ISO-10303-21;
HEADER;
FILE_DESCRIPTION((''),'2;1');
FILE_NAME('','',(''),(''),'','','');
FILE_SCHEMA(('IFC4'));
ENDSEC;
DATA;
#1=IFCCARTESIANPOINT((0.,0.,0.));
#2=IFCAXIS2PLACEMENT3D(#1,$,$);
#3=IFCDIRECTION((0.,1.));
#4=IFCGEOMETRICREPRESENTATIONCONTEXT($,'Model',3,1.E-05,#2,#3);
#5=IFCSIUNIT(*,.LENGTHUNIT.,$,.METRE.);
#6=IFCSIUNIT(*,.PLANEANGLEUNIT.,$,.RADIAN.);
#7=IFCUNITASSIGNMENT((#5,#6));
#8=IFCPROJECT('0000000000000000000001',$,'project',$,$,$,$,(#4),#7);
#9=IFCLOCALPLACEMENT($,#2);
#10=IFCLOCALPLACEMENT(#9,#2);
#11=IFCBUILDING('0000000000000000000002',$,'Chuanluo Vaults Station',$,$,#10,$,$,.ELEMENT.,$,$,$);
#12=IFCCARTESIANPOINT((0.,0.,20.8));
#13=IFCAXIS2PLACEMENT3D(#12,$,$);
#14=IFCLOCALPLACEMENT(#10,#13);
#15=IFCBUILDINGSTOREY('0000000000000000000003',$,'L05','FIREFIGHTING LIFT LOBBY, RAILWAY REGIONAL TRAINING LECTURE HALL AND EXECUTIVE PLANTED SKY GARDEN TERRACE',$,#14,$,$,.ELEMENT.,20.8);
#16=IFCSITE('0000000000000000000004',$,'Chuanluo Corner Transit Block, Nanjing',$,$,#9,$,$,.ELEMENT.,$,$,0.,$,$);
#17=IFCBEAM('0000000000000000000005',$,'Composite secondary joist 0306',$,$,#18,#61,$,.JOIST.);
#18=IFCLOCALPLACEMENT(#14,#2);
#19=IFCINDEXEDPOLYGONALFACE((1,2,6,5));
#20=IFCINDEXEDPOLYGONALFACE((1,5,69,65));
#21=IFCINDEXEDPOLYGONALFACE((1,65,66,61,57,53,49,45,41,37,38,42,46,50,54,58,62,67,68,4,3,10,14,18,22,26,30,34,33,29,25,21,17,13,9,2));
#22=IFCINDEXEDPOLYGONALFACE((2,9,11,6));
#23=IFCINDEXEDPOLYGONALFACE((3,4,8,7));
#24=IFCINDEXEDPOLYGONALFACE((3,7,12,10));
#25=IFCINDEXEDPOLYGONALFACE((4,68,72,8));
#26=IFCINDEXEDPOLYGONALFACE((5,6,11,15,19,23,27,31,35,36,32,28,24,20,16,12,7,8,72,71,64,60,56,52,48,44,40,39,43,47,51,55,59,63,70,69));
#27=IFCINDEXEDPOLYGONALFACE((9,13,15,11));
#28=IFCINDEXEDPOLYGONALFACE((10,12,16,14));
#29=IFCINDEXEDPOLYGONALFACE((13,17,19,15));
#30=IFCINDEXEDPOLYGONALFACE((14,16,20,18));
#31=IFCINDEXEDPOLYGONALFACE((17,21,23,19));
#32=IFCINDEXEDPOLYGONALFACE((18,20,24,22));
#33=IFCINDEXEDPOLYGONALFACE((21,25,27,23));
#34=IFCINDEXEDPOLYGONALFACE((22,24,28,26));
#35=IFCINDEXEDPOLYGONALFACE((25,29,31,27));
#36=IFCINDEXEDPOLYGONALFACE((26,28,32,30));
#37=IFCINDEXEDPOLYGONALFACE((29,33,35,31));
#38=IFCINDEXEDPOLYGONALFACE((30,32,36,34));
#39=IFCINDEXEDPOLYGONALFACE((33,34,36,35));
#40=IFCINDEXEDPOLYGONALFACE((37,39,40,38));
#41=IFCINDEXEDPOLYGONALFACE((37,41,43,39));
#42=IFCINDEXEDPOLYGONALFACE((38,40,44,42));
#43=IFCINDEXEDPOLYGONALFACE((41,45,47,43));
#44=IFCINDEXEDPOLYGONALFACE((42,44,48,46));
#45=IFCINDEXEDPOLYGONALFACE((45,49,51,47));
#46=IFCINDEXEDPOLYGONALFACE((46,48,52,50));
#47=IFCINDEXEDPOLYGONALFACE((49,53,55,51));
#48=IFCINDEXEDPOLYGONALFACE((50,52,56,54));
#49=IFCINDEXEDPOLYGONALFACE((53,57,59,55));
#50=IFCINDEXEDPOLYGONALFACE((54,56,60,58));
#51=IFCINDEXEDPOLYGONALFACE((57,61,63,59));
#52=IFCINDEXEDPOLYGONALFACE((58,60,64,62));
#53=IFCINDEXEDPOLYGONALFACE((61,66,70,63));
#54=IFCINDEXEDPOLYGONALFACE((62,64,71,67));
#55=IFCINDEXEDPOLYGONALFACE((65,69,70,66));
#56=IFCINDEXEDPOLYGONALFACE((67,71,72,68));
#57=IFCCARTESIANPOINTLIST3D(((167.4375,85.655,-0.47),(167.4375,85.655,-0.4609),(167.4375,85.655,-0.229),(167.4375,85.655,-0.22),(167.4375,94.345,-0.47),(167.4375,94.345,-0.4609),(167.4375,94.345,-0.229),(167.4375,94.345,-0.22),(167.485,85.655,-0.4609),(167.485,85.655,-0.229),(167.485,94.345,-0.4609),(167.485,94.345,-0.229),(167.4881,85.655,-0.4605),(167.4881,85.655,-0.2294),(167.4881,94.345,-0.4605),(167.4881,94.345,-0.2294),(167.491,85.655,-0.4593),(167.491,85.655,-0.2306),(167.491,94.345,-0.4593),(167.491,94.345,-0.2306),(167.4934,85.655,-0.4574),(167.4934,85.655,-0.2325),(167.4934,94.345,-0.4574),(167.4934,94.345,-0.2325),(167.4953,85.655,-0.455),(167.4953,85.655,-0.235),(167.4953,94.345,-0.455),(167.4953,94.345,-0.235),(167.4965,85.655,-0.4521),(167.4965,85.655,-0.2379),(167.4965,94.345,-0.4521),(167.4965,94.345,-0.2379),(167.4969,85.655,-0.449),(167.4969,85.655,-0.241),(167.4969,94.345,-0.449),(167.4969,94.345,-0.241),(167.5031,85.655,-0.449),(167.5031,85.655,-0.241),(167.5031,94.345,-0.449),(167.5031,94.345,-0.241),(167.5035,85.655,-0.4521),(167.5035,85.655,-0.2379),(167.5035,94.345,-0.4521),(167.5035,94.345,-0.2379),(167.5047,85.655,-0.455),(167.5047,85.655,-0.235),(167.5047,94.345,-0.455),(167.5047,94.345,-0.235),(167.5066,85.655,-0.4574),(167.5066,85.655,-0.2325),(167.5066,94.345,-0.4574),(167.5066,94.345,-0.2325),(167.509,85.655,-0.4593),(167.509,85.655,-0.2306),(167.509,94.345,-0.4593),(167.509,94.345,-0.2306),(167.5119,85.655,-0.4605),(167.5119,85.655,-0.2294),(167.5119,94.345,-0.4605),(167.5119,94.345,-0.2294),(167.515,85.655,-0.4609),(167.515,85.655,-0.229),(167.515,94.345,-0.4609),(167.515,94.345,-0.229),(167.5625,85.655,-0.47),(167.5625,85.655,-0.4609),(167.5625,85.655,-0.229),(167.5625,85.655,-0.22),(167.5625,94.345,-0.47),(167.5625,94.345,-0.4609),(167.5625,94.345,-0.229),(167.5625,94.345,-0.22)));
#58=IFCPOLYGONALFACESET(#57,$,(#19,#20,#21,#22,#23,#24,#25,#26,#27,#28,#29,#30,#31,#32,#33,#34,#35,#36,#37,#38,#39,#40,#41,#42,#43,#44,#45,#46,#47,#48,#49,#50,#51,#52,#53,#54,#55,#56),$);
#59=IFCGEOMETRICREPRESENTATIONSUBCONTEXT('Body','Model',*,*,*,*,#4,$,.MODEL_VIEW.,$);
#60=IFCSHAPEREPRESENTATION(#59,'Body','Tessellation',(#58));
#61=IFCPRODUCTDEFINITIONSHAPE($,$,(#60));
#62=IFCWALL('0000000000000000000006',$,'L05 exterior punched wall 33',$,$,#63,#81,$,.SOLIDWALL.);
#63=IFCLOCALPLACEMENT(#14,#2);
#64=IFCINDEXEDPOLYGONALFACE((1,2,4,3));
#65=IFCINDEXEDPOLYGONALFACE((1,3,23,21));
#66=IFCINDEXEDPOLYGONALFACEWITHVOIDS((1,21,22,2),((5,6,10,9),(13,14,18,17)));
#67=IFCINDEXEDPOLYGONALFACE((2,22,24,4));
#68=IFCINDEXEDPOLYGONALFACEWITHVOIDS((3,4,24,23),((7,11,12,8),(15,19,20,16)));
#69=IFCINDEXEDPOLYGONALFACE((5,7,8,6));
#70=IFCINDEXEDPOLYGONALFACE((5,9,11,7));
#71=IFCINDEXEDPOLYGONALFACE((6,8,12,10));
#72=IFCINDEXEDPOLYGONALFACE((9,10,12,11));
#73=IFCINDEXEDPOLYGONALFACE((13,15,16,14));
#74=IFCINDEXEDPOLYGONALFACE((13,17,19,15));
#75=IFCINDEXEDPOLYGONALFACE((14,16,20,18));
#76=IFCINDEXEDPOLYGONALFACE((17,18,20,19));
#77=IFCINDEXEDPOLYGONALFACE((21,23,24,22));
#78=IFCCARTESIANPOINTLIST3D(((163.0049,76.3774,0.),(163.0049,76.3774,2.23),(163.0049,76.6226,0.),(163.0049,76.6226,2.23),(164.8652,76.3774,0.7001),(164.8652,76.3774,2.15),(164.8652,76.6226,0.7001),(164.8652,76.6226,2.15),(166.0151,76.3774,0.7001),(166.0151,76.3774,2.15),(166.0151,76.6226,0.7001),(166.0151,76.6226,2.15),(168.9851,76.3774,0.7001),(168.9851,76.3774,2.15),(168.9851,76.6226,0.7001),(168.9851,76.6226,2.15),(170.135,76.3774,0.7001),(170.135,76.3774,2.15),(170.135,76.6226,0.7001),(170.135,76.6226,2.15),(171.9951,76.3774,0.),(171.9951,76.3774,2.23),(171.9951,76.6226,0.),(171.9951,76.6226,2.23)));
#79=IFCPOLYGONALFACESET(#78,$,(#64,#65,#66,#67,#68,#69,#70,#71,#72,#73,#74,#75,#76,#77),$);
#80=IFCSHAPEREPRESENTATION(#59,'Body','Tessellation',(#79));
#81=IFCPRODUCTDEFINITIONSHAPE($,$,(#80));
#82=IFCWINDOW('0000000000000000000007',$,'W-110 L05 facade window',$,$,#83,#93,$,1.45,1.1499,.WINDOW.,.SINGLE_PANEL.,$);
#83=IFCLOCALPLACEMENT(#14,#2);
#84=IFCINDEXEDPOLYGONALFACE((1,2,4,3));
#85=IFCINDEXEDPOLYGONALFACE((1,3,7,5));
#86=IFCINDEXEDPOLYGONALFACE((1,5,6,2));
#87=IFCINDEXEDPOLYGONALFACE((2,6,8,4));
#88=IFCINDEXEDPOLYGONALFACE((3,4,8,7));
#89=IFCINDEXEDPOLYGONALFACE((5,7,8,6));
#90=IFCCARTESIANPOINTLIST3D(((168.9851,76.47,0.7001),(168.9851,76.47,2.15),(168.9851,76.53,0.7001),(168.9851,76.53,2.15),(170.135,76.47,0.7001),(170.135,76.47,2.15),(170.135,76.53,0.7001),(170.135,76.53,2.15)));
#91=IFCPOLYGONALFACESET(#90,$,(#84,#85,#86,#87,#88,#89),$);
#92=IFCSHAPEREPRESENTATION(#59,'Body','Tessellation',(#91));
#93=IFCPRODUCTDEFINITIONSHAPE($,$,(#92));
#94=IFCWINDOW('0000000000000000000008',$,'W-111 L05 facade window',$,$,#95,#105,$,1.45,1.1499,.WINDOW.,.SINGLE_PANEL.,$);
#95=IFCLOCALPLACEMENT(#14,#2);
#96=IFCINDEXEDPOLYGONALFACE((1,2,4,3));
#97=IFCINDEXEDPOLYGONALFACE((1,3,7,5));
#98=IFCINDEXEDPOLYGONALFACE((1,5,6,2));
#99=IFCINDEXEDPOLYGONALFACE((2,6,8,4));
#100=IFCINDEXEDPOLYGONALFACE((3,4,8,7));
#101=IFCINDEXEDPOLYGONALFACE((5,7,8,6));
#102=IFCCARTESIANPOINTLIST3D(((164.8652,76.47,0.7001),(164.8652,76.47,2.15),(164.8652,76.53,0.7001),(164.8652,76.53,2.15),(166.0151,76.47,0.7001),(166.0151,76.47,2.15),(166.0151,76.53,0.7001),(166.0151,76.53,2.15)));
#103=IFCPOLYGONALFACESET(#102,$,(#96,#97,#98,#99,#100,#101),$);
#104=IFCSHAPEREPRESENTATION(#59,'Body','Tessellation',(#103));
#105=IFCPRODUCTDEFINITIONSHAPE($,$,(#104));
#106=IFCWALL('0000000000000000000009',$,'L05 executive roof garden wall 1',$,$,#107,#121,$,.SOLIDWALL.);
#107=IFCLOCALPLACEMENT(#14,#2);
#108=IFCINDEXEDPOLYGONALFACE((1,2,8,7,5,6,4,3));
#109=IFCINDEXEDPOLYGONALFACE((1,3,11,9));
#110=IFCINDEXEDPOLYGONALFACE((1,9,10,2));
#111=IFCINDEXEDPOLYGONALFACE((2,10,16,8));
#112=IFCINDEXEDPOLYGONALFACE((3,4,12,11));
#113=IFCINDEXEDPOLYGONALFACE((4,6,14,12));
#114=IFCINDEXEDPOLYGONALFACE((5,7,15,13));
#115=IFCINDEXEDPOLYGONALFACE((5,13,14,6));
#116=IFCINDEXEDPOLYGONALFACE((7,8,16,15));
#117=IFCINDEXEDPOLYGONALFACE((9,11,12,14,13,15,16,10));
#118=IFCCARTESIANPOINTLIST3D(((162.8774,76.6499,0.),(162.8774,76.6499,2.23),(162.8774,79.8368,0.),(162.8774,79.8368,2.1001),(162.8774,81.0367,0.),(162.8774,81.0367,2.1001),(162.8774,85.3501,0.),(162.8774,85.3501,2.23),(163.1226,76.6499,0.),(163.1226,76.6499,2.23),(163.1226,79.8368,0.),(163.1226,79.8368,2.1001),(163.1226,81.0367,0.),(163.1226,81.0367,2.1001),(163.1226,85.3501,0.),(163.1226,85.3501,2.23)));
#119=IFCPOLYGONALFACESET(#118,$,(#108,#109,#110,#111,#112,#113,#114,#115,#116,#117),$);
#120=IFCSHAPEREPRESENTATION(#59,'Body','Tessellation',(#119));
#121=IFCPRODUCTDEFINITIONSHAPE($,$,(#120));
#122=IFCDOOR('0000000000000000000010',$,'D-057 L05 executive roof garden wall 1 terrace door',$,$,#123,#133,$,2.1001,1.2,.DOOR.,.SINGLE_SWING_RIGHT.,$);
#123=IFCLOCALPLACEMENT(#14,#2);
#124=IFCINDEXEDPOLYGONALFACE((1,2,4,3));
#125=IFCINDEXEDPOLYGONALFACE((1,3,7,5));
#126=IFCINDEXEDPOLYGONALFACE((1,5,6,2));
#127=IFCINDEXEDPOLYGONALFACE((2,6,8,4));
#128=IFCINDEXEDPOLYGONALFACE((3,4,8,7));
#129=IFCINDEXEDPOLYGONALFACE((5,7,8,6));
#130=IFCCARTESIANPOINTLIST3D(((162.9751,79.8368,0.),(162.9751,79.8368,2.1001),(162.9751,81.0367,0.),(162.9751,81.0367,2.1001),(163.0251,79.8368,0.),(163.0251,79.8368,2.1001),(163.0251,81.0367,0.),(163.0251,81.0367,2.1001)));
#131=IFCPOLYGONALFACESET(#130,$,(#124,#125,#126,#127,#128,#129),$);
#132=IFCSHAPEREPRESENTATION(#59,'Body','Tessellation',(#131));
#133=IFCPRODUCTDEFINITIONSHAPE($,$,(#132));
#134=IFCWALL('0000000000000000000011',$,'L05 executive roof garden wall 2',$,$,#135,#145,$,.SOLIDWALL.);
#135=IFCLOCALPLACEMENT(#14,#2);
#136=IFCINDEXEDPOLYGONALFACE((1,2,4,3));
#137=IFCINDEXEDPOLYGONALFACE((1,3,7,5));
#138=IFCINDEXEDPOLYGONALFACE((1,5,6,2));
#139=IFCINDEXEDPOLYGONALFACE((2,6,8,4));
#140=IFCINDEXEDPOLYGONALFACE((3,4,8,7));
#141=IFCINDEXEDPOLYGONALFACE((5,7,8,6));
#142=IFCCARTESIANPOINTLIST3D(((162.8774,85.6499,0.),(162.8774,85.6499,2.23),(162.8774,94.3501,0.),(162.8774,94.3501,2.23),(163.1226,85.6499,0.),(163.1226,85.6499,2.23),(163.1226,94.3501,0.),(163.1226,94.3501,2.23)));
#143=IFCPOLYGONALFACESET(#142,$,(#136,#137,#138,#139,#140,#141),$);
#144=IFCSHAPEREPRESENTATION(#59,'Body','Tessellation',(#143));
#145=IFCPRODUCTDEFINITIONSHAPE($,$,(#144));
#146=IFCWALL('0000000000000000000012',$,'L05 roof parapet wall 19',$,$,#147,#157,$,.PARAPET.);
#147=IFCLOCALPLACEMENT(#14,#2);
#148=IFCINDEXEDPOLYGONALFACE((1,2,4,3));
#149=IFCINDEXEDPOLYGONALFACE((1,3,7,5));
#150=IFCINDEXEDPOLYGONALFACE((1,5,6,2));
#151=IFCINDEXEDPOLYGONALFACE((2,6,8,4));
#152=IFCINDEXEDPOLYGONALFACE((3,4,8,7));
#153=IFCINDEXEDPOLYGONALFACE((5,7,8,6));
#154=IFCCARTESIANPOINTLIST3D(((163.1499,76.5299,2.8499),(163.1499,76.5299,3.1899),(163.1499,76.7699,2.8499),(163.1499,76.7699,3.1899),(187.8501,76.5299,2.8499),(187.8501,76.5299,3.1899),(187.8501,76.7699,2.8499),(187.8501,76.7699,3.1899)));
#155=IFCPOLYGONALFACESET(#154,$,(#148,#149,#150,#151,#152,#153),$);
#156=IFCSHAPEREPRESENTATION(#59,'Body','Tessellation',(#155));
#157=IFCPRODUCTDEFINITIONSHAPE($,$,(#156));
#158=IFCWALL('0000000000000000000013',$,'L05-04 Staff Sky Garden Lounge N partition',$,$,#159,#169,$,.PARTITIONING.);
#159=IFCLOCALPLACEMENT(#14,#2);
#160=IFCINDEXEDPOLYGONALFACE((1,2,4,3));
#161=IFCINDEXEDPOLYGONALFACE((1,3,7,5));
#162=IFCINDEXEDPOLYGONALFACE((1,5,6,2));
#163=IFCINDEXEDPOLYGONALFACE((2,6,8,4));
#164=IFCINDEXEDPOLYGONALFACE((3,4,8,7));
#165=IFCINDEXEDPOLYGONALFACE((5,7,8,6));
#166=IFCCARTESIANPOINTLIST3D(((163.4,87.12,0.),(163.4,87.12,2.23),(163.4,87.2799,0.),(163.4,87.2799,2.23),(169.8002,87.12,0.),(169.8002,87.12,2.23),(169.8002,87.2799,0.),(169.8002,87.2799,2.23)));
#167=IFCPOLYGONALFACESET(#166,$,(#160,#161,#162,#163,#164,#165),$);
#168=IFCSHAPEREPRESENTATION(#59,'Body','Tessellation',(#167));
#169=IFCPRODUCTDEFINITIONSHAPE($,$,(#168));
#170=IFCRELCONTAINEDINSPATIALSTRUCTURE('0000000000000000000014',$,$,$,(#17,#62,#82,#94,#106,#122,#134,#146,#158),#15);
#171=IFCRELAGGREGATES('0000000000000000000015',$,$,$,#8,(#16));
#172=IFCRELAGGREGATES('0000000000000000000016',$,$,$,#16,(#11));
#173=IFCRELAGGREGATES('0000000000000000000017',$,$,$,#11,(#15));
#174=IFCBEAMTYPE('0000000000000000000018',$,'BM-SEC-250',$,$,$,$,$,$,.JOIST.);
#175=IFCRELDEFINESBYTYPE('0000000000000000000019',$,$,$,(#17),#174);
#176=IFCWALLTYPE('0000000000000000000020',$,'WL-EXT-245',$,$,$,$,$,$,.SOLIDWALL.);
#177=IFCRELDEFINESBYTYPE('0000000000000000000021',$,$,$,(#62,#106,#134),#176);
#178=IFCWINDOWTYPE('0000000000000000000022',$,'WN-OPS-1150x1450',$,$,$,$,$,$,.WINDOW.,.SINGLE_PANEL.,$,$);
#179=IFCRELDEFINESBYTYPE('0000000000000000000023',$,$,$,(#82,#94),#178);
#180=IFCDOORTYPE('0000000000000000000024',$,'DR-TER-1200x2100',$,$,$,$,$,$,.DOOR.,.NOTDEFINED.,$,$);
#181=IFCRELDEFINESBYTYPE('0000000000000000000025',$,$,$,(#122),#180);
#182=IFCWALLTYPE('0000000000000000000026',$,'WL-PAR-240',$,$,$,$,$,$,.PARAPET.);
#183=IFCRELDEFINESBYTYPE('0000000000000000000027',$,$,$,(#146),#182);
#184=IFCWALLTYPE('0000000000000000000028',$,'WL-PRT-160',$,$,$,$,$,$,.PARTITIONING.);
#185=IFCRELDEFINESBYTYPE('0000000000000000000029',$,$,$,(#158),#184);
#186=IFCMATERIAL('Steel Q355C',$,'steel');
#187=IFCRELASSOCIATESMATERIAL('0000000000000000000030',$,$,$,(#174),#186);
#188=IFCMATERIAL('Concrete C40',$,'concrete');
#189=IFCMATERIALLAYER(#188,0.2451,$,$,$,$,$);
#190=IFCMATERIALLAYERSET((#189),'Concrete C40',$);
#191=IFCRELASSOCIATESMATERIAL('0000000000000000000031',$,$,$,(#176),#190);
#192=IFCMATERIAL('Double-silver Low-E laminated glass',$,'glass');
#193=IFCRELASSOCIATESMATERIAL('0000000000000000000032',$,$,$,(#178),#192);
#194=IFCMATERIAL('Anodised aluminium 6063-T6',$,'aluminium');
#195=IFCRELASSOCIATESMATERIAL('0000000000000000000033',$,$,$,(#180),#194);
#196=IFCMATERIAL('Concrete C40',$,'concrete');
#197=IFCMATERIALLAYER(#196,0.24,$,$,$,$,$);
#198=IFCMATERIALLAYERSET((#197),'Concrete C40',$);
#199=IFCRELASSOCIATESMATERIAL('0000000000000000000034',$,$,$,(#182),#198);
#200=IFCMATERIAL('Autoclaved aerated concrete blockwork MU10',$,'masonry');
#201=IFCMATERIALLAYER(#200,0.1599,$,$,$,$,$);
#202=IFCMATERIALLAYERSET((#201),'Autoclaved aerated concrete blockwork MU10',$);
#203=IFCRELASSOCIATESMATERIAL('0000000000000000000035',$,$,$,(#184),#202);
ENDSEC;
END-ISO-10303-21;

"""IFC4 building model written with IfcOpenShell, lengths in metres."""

from ifc_helpers import new_model, si_unit, direction, frame, frame_2d, origin, origin_2d, place, context, subcontext, project, spatial, rectangle, i_section, extrude, material, layer, layer_set, material_profile, profile_set, type_object, element, fill, save


model = new_model("IFC4")

# Units and contexts
model_context = context("Model", 3, precision=1e-05, world=origin(), true_north=direction((0.0, 1.0)))
body_context = subcontext(model_context, "Body", "Model", "MODEL_VIEW")
ifc_project = project(units=[si_unit("LENGTHUNIT", "METRE"), si_unit("PLANEANGLEUNIT", "RADIAN")], contexts=[model_context])

# Site, building, storey
site_placement = place(None, origin())
site = spatial("IfcSite", under=ifc_project, at=site_placement, Name="Chuanluo Corner Transit Block, Nanjing", CompositionType="ELEMENT", RefElevation=0.0)
building_placement = place(site_placement, origin())
building = spatial("IfcBuilding", under=site, at=building_placement, Name="Chuanluo Vaults Station", CompositionType="ELEMENT")
storey_placement = place(building_placement, frame((0.0, 0.0, 20.8)))
storey = spatial("IfcBuildingStorey", under=building, at=storey_placement, Name="L05", Description="FIREFIGHTING LIFT LOBBY, RAILWAY REGIONAL TRAINING LECTURE HALL AND EXECUTIVE PLANTED SKY GARDEN TERRACE", CompositionType="ELEMENT", Elevation=20.8)

# Beam
ifc_material_1 = material(Name="Steel Q355C", Category="steel")
ifc_material_profile_1 = material_profile(ifc_material_1, i_section(OverallWidth=0.125, OverallDepth=0.25, WebThickness=0.0061, FlangeThickness=0.009, FilletRadius=0.012, at=origin_2d()))
ifc_profile_set_1 = profile_set([ifc_material_profile_1], Name="Steel Q355C")
beam_type_1 = type_object("IfcBeamType", Name="BM-SEC-250", PredefinedType="JOIST", material=ifc_profile_set_1)
for number, where, z_axis, x_axis, name in (
    (1, (167.5, 85.655, -0.345), (0.0, 1.0, 0.0), (-1.0, 0.0, 0.0), "Composite secondary joist 0306"),
):
    element("IfcBeam", number, at=place(storey_placement, frame(where, z_axis=z_axis, x_axis=x_axis)), inside=storey, type_object=beam_type_1, Name=name, PredefinedType="JOIST", context=body_context, shape_type="SweptSolid", body=[
        extrude(i_section(OverallWidth=0.125, OverallDepth=0.25, WebThickness=0.0061, FlangeThickness=0.009, FilletRadius=0.012, at=origin_2d()), origin(), (0.0, 0.0, 1.0), 8.6899),
    ])

# Wall, openings, windows
ifc_material_2 = material(Name="Concrete C40", Category="concrete")
ifc_layer_1 = layer(ifc_material_2, 0.2451)
ifc_layer_set_1 = layer_set([ifc_layer_1], Name="Concrete C40")
wall_type_1 = type_object("IfcWallType", Name="WL-EXT-245", PredefinedType="SOLIDWALL", material=ifc_layer_set_1)
wall_1_placement = place(storey_placement, frame((171.9951, 76.5, 0.0), z_axis=(0.0, 0.0, 1.0), x_axis=(-1.0, 0.0, 0.0)))
wall_1 = element("IfcWall", 2, at=wall_1_placement, inside=storey, type_object=wall_type_1, Name="L05 exterior punched wall 33", PredefinedType="SOLIDWALL", context=body_context, shape_type="SweptSolid", body=[
    extrude(rectangle(XDim=8.9902, YDim=0.2451, at=frame_2d((4.4951, 0.0))), origin(), (0.0, 0.0, 1.0), 2.23),
])
opening_1_placement = place(wall_1_placement, frame((1.8601, 0.0, 0.7)))
opening_1 = element("IfcOpeningElement", 3, at=opening_1_placement, cuts=wall_1, PredefinedType="OPENING", context=body_context, shape_type="SweptSolid", body=[
    extrude(rectangle(XDim=1.1499, YDim=1.45, at=frame_2d((0.575, 0.7251))), frame((0.0, 0.1326, 0.0), z_axis=(0.0, -1.0, 0.0), x_axis=(1.0, 0.0, 0.0)), (0.0, 0.0, 1.0), 0.2651),
])
opening_2_placement = place(wall_1_placement, frame((5.98, 0.0, 0.7)))
opening_2 = element("IfcOpeningElement", 4, at=opening_2_placement, cuts=wall_1, PredefinedType="OPENING", context=body_context, shape_type="SweptSolid", body=[
    extrude(rectangle(XDim=1.1499, YDim=1.45, at=frame_2d((0.575, 0.7251))), frame((0.0, 0.1326, 0.0), z_axis=(0.0, -1.0, 0.0), x_axis=(1.0, 0.0, 0.0)), (0.0, 0.0, 1.0), 0.2651),
])
ifc_material_3 = material(Name="Double-silver Low-E laminated glass", Category="glass")
window_type = type_object("IfcWindowType", Name="WN-OPS-1150x1450", PartitioningType="SINGLE_PANEL", PredefinedType="WINDOW", material=ifc_material_3)
window_1_placement = place(opening_1_placement, origin())
window_1 = element("IfcWindow", 5, at=window_1_placement, inside=storey, type_object=window_type, Name="W-110 L05 facade window", OverallHeight=1.45, OverallWidth=1.1499, PartitioningType="SINGLE_PANEL", PredefinedType="WINDOW", context=body_context, shape_type="SweptSolid", body=[
    extrude(rectangle(XDim=1.1499, YDim=1.45, at=frame_2d((0.575, 0.7251))), frame((0.0, 0.03, 0.0), z_axis=(0.0, -1.0, 0.0), x_axis=(1.0, 0.0, 0.0)), (0.0, 0.0, 1.0), 0.0601),
])
fill(opening_1, window_1)
window_2_placement = place(opening_2_placement, origin())
window_2 = element("IfcWindow", 6, at=window_2_placement, inside=storey, type_object=window_type, Name="W-111 L05 facade window", OverallHeight=1.45, OverallWidth=1.1499, PartitioningType="SINGLE_PANEL", PredefinedType="WINDOW", context=body_context, shape_type="SweptSolid", body=[
    extrude(rectangle(XDim=1.1499, YDim=1.45, at=frame_2d((0.575, 0.7251))), frame((0.0, 0.03, 0.0), z_axis=(0.0, -1.0, 0.0), x_axis=(1.0, 0.0, 0.0)), (0.0, 0.0, 1.0), 0.0601),
])
fill(opening_2, window_2)

# Wall, opening, door
wall_2_placement = place(storey_placement, frame((163.0, 76.6499, 0.0), z_axis=(0.0, 0.0, 1.0), x_axis=(0.0, 1.0, 0.0)))
wall_2 = element("IfcWall", 7, at=wall_2_placement, inside=storey, type_object=wall_type_1, Name="L05 executive roof garden wall 1", PredefinedType="SOLIDWALL", context=body_context, shape_type="SweptSolid", body=[
    extrude(rectangle(XDim=8.7002, YDim=0.2451, at=frame_2d((4.3501, 0.0))), origin(), (0.0, 0.0, 1.0), 2.23),
])
opening_3_placement = place(wall_2_placement, frame((3.1868, 0.0, 0.0)))
opening_3 = element("IfcOpeningElement", 8, at=opening_3_placement, cuts=wall_2, PredefinedType="OPENING", context=body_context, shape_type="SweptSolid", body=[
    extrude(rectangle(XDim=1.2, YDim=2.1001, at=frame_2d((0.6001, 1.05))), frame((0.0, 0.1326, 0.0), z_axis=(0.0, -1.0, 0.0), x_axis=(1.0, 0.0, 0.0)), (0.0, 0.0, 1.0), 0.2651),
])
ifc_material_4 = material(Name="Anodised aluminium 6063-T6", Category="aluminium")
door_type_1 = type_object("IfcDoorType", Name="DR-TER-1200x2100", OperationType="NOTDEFINED", PredefinedType="DOOR", material=ifc_material_4)
door_1_placement = place(opening_3_placement, origin())
door_1 = element("IfcDoor", 9, at=door_1_placement, inside=storey, type_object=door_type_1, Name="D-057 L05 executive roof garden wall 1 terrace door", OperationType="SINGLE_SWING_RIGHT", OverallHeight=2.1001, OverallWidth=1.2, PredefinedType="DOOR", context=body_context, shape_type="SweptSolid", body=[
    extrude(rectangle(XDim=1.2, YDim=2.1001, at=frame_2d((0.6001, 1.05))), frame((0.0, 0.0249, 0.0), z_axis=(0.0, -1.0, 0.0), x_axis=(1.0, 0.0, 0.0)), (0.0, 0.0, 1.0), 0.05),
])
fill(opening_3, door_1)

# Walls
wall_3_placement = place(storey_placement, frame((163.0, 85.6499, 0.0), z_axis=(0.0, 0.0, 1.0), x_axis=(0.0, 1.0, 0.0)))
element("IfcWall", 10, at=wall_3_placement, inside=storey, type_object=wall_type_1, Name="L05 executive roof garden wall 2", PredefinedType="SOLIDWALL", context=body_context, shape_type="SweptSolid", body=[
    extrude(rectangle(XDim=8.7002, YDim=0.2451, at=frame_2d((4.3501, 0.0))), origin(), (0.0, 0.0, 1.0), 2.23),
])
ifc_material_5 = material(Name="Concrete C40", Category="concrete")
ifc_layer_2 = layer(ifc_material_5, 0.24)
ifc_layer_set_2 = layer_set([ifc_layer_2], Name="Concrete C40")
wall_type_2 = type_object("IfcWallType", Name="WL-PAR-240", PredefinedType="PARAPET", material=ifc_layer_set_2)
wall_4_placement = place(storey_placement, frame((163.1499, 76.6499, 2.8499), z_axis=(0.0, 0.0, 1.0), x_axis=(1.0, 0.0, 0.0)))
element("IfcWall", 11, at=wall_4_placement, inside=storey, type_object=wall_type_2, Name="L05 roof parapet wall 19", PredefinedType="PARAPET", context=body_context, shape_type="SweptSolid", body=[
    extrude(rectangle(XDim=24.7002, YDim=0.24, at=frame_2d((12.3501, 0.0))), origin(), (0.0, 0.0, 1.0), 0.3401),
])
ifc_material_6 = material(Name="Autoclaved aerated concrete blockwork MU10", Category="masonry")
ifc_layer_3 = layer(ifc_material_6, 0.1599)
ifc_layer_set_3 = layer_set([ifc_layer_3], Name="Autoclaved aerated concrete blockwork MU10")
wall_type_3 = type_object("IfcWallType", Name="WL-PRT-160", PredefinedType="PARTITIONING", material=ifc_layer_set_3)
wall_5_placement = place(storey_placement, frame((163.3999, 87.2, 0.0), z_axis=(0.0, 0.0, 1.0), x_axis=(1.0, 0.0, 0.0)))
element("IfcWall", 12, at=wall_5_placement, inside=storey, type_object=wall_type_3, Name="L05-04 Staff Sky Garden Lounge N partition", PredefinedType="PARTITIONING", context=body_context, shape_type="SweptSolid", body=[
    extrude(rectangle(XDim=6.4001, YDim=0.1599, at=frame_2d((3.2002, 0.0))), origin(), (0.0, 0.0, 1.0), 2.23),
])

save(model, "model.ifc")
